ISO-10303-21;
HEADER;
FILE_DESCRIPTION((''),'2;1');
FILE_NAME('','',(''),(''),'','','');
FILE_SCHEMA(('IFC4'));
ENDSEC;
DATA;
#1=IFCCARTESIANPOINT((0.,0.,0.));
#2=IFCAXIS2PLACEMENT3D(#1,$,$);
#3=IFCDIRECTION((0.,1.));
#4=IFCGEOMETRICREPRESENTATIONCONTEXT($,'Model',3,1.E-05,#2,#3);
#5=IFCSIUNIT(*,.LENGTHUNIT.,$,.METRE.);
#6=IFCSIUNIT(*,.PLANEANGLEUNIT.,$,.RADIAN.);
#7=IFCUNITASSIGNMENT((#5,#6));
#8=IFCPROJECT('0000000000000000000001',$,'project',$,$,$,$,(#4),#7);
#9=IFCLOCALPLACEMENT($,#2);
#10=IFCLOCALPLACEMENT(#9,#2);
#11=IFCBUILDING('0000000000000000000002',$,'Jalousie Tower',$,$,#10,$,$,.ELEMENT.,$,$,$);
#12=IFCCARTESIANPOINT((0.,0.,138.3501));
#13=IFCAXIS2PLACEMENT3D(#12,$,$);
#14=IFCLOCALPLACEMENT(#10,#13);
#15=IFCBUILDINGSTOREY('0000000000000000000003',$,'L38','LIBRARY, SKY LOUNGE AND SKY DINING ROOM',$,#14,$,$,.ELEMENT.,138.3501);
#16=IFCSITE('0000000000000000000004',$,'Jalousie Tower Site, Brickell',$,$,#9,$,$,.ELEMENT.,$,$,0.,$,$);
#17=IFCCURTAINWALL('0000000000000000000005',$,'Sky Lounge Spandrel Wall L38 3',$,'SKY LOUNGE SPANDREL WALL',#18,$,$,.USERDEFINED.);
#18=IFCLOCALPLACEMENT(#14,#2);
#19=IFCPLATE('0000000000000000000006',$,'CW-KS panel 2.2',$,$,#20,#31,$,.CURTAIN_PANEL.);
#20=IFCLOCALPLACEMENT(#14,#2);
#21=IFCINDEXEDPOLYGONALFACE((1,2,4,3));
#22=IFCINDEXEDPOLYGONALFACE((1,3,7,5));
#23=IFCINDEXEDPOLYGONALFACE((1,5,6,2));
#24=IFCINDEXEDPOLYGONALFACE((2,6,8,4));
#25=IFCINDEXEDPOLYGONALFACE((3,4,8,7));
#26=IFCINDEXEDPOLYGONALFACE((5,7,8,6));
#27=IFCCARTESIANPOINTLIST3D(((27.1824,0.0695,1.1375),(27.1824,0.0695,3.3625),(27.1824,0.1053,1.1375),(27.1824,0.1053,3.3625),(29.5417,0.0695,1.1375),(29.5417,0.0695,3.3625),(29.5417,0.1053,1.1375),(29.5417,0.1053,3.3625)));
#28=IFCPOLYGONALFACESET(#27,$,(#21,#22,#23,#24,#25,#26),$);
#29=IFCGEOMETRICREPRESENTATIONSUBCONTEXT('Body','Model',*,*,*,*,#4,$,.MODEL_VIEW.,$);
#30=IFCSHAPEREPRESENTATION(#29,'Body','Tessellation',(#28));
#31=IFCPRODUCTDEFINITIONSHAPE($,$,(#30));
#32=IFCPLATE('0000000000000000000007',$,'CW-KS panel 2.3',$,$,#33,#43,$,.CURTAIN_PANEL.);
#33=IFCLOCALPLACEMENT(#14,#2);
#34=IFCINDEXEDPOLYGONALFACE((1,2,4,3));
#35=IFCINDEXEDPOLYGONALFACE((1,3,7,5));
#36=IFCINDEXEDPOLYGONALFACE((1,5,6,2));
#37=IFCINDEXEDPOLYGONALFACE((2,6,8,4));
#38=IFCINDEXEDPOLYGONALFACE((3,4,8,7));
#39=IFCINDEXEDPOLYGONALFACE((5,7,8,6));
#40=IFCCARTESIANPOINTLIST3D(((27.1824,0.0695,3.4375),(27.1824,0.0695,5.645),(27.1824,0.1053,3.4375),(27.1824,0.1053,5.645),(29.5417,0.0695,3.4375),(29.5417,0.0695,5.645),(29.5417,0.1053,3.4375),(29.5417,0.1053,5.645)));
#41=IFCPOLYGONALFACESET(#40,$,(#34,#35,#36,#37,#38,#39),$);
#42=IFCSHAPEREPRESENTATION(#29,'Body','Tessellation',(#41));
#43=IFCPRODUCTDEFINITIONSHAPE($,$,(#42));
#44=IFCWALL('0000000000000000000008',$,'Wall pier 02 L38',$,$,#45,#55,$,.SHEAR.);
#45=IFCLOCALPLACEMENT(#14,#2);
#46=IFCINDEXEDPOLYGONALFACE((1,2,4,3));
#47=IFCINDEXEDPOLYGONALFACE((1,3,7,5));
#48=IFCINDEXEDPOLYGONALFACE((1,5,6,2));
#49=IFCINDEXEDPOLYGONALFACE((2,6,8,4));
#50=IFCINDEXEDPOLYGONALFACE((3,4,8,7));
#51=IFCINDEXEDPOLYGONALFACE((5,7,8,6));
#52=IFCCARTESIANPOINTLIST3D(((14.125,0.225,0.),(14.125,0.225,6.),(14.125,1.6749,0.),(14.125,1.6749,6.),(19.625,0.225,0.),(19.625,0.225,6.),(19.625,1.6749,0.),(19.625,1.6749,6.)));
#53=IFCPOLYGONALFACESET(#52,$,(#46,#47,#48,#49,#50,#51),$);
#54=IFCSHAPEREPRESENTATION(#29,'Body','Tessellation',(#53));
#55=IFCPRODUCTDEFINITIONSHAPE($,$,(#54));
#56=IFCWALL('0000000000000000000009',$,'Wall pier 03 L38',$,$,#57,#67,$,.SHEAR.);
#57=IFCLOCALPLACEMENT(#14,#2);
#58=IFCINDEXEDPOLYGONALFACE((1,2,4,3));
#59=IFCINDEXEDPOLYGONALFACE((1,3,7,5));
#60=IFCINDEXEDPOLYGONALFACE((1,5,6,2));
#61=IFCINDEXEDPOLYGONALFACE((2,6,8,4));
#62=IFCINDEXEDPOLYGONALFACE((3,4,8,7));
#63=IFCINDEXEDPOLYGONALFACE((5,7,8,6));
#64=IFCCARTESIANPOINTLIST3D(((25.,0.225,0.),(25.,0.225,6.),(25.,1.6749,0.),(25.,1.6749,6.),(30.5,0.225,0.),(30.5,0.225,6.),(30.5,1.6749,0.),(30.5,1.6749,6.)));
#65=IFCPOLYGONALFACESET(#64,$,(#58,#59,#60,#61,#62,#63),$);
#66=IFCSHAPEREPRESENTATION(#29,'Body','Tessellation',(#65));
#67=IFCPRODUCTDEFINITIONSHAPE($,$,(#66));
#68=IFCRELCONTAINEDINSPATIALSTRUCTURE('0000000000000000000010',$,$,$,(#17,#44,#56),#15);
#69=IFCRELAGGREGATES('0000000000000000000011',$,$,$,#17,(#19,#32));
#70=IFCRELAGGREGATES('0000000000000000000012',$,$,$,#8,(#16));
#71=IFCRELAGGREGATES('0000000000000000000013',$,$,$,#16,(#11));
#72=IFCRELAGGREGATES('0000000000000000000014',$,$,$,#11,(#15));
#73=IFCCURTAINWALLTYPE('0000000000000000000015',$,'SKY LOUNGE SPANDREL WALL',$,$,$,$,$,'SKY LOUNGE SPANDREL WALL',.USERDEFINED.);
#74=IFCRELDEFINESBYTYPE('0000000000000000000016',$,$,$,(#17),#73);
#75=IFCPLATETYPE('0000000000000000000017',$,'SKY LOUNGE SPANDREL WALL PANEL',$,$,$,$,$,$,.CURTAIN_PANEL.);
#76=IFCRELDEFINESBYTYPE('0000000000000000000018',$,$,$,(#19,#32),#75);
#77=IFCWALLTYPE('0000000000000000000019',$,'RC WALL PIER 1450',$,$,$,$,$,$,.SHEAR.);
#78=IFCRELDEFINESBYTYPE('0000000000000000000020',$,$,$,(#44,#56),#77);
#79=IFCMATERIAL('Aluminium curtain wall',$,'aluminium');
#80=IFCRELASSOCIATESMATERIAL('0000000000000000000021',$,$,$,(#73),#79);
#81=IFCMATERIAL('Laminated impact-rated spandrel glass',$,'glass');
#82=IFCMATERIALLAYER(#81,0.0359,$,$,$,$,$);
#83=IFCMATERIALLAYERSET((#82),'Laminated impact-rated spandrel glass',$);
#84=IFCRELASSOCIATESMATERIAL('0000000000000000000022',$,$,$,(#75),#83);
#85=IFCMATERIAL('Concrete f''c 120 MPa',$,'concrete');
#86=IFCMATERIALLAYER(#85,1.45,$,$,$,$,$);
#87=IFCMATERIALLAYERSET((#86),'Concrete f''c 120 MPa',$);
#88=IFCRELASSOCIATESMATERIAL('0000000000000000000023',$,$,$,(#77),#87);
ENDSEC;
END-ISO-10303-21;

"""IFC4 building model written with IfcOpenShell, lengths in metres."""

from ifc_helpers import new_model, si_unit, direction, frame, frame_2d, origin, origin_2d, place, context, subcontext, project, spatial, rectangle, extrude, material, layer, layer_set, type_object, element, aggregate, save


model = new_model("IFC4")

# Units and contexts
model_context = context("Model", 3, precision=1e-05, world=origin(), true_north=direction((0.0, 1.0)))
body_context = subcontext(model_context, "Body", "Model", "MODEL_VIEW")
ifc_project = project(units=[si_unit("LENGTHUNIT", "METRE"), si_unit("PLANEANGLEUNIT", "RADIAN")], contexts=[model_context])

# Site, building, storey
site_placement = place(None, origin())
site = spatial("IfcSite", under=ifc_project, at=site_placement, Name="Jalousie Tower Site, Brickell", CompositionType="ELEMENT", RefElevation=0.0)
building_placement = place(site_placement, origin())
building = spatial("IfcBuilding", under=site, at=building_placement, Name="Jalousie Tower", CompositionType="ELEMENT")
storey_placement = place(building_placement, frame((0.0, 0.0, 138.3501)))
storey = spatial("IfcBuildingStorey", under=building, at=storey_placement, Name="L38", Description="LIBRARY, SKY LOUNGE AND SKY DINING ROOM", CompositionType="ELEMENT", Elevation=138.3501)

# Curtain wall, plates
ifc_material_1 = material(Name="Aluminium curtain wall", Category="aluminium")
curtain_wall_type = type_object("IfcCurtainWallType", Name="SKY LOUNGE SPANDREL WALL", ElementType="SKY LOUNGE SPANDREL WALL", PredefinedType="USERDEFINED", material=ifc_material_1)
curtain_wall_placement = place(storey_placement, origin())
curtain_wall = element("IfcCurtainWall", 1, at=curtain_wall_placement, inside=storey, type_object=curtain_wall_type, Name="Sky Lounge Spandrel Wall L38 3", ObjectType="SKY LOUNGE SPANDREL WALL", PredefinedType="USERDEFINED")
ifc_material_2 = material(Name="Laminated impact-rated spandrel glass", Category="glass")
ifc_layer_1 = layer(ifc_material_2, 0.0359)
ifc_layer_set_1 = layer_set([ifc_layer_1], Name="Laminated impact-rated spandrel glass")
plate_type = type_object("IfcPlateType", Name="SKY LOUNGE SPANDREL WALL PANEL", PredefinedType="CURTAIN_PANEL", material=ifc_layer_set_1)
plate_1_placement = place(storey_placement, frame((28.3621, 0.0874, 1.1375), z_axis=(0.0, 0.0, 1.0), x_axis=(1.0, 0.0, 0.0)))
plate_1 = element("IfcPlate", 2, at=plate_1_placement, type_object=plate_type, Name="CW-KS panel 2.2", PredefinedType="CURTAIN_PANEL", context=body_context, shape_type="SweptSolid", body=[
    extrude(rectangle(XDim=2.3594, YDim=0.0359, at=origin_2d()), origin(), (0.0, 0.0, 1.0), 2.2251),
])
plate_2_placement = place(storey_placement, frame((28.3621, 0.0874, 3.4375), z_axis=(0.0, 0.0, 1.0), x_axis=(1.0, 0.0, 0.0)))
plate_2 = element("IfcPlate", 3, at=plate_2_placement, type_object=plate_type, Name="CW-KS panel 2.3", PredefinedType="CURTAIN_PANEL", context=body_context, shape_type="SweptSolid", body=[
    extrude(rectangle(XDim=2.3594, YDim=0.0359, at=origin_2d()), origin(), (0.0, 0.0, 1.0), 2.2075),
])
aggregate(curtain_wall, [plate_1, plate_2])

# Walls
ifc_material_3 = material(Name="Concrete f'c 120 MPa", Category="concrete")
ifc_layer_2 = layer(ifc_material_3, 1.45)
ifc_layer_set_2 = layer_set([ifc_layer_2], Name="Concrete f'c 120 MPa")
wall_type = type_object("IfcWallType", Name="RC WALL PIER 1450", PredefinedType="SHEAR", material=ifc_layer_set_2)
for number, where, z_axis, x_axis, name in (
    (4, (14.125, 0.95, 0.0), (0.0, 0.0, 1.0), (1.0, 0.0, 0.0), "Wall pier 02 L38"),
    (5, (25.0, 0.95, 0.0), (0.0, 0.0, 1.0), (1.0, 0.0, 0.0), "Wall pier 03 L38"),
):
    element("IfcWall", number, at=place(storey_placement, frame(where, z_axis=z_axis, x_axis=x_axis)), inside=storey, type_object=wall_type, Name=name, PredefinedType="SHEAR", context=body_context, shape_type="SweptSolid", body=[
        extrude(rectangle(XDim=5.5, YDim=1.45, at=frame_2d((2.75, 0.0))), origin(), (0.0, 0.0, 1.0), 6.0),
    ])

save(model, "model.ifc")
